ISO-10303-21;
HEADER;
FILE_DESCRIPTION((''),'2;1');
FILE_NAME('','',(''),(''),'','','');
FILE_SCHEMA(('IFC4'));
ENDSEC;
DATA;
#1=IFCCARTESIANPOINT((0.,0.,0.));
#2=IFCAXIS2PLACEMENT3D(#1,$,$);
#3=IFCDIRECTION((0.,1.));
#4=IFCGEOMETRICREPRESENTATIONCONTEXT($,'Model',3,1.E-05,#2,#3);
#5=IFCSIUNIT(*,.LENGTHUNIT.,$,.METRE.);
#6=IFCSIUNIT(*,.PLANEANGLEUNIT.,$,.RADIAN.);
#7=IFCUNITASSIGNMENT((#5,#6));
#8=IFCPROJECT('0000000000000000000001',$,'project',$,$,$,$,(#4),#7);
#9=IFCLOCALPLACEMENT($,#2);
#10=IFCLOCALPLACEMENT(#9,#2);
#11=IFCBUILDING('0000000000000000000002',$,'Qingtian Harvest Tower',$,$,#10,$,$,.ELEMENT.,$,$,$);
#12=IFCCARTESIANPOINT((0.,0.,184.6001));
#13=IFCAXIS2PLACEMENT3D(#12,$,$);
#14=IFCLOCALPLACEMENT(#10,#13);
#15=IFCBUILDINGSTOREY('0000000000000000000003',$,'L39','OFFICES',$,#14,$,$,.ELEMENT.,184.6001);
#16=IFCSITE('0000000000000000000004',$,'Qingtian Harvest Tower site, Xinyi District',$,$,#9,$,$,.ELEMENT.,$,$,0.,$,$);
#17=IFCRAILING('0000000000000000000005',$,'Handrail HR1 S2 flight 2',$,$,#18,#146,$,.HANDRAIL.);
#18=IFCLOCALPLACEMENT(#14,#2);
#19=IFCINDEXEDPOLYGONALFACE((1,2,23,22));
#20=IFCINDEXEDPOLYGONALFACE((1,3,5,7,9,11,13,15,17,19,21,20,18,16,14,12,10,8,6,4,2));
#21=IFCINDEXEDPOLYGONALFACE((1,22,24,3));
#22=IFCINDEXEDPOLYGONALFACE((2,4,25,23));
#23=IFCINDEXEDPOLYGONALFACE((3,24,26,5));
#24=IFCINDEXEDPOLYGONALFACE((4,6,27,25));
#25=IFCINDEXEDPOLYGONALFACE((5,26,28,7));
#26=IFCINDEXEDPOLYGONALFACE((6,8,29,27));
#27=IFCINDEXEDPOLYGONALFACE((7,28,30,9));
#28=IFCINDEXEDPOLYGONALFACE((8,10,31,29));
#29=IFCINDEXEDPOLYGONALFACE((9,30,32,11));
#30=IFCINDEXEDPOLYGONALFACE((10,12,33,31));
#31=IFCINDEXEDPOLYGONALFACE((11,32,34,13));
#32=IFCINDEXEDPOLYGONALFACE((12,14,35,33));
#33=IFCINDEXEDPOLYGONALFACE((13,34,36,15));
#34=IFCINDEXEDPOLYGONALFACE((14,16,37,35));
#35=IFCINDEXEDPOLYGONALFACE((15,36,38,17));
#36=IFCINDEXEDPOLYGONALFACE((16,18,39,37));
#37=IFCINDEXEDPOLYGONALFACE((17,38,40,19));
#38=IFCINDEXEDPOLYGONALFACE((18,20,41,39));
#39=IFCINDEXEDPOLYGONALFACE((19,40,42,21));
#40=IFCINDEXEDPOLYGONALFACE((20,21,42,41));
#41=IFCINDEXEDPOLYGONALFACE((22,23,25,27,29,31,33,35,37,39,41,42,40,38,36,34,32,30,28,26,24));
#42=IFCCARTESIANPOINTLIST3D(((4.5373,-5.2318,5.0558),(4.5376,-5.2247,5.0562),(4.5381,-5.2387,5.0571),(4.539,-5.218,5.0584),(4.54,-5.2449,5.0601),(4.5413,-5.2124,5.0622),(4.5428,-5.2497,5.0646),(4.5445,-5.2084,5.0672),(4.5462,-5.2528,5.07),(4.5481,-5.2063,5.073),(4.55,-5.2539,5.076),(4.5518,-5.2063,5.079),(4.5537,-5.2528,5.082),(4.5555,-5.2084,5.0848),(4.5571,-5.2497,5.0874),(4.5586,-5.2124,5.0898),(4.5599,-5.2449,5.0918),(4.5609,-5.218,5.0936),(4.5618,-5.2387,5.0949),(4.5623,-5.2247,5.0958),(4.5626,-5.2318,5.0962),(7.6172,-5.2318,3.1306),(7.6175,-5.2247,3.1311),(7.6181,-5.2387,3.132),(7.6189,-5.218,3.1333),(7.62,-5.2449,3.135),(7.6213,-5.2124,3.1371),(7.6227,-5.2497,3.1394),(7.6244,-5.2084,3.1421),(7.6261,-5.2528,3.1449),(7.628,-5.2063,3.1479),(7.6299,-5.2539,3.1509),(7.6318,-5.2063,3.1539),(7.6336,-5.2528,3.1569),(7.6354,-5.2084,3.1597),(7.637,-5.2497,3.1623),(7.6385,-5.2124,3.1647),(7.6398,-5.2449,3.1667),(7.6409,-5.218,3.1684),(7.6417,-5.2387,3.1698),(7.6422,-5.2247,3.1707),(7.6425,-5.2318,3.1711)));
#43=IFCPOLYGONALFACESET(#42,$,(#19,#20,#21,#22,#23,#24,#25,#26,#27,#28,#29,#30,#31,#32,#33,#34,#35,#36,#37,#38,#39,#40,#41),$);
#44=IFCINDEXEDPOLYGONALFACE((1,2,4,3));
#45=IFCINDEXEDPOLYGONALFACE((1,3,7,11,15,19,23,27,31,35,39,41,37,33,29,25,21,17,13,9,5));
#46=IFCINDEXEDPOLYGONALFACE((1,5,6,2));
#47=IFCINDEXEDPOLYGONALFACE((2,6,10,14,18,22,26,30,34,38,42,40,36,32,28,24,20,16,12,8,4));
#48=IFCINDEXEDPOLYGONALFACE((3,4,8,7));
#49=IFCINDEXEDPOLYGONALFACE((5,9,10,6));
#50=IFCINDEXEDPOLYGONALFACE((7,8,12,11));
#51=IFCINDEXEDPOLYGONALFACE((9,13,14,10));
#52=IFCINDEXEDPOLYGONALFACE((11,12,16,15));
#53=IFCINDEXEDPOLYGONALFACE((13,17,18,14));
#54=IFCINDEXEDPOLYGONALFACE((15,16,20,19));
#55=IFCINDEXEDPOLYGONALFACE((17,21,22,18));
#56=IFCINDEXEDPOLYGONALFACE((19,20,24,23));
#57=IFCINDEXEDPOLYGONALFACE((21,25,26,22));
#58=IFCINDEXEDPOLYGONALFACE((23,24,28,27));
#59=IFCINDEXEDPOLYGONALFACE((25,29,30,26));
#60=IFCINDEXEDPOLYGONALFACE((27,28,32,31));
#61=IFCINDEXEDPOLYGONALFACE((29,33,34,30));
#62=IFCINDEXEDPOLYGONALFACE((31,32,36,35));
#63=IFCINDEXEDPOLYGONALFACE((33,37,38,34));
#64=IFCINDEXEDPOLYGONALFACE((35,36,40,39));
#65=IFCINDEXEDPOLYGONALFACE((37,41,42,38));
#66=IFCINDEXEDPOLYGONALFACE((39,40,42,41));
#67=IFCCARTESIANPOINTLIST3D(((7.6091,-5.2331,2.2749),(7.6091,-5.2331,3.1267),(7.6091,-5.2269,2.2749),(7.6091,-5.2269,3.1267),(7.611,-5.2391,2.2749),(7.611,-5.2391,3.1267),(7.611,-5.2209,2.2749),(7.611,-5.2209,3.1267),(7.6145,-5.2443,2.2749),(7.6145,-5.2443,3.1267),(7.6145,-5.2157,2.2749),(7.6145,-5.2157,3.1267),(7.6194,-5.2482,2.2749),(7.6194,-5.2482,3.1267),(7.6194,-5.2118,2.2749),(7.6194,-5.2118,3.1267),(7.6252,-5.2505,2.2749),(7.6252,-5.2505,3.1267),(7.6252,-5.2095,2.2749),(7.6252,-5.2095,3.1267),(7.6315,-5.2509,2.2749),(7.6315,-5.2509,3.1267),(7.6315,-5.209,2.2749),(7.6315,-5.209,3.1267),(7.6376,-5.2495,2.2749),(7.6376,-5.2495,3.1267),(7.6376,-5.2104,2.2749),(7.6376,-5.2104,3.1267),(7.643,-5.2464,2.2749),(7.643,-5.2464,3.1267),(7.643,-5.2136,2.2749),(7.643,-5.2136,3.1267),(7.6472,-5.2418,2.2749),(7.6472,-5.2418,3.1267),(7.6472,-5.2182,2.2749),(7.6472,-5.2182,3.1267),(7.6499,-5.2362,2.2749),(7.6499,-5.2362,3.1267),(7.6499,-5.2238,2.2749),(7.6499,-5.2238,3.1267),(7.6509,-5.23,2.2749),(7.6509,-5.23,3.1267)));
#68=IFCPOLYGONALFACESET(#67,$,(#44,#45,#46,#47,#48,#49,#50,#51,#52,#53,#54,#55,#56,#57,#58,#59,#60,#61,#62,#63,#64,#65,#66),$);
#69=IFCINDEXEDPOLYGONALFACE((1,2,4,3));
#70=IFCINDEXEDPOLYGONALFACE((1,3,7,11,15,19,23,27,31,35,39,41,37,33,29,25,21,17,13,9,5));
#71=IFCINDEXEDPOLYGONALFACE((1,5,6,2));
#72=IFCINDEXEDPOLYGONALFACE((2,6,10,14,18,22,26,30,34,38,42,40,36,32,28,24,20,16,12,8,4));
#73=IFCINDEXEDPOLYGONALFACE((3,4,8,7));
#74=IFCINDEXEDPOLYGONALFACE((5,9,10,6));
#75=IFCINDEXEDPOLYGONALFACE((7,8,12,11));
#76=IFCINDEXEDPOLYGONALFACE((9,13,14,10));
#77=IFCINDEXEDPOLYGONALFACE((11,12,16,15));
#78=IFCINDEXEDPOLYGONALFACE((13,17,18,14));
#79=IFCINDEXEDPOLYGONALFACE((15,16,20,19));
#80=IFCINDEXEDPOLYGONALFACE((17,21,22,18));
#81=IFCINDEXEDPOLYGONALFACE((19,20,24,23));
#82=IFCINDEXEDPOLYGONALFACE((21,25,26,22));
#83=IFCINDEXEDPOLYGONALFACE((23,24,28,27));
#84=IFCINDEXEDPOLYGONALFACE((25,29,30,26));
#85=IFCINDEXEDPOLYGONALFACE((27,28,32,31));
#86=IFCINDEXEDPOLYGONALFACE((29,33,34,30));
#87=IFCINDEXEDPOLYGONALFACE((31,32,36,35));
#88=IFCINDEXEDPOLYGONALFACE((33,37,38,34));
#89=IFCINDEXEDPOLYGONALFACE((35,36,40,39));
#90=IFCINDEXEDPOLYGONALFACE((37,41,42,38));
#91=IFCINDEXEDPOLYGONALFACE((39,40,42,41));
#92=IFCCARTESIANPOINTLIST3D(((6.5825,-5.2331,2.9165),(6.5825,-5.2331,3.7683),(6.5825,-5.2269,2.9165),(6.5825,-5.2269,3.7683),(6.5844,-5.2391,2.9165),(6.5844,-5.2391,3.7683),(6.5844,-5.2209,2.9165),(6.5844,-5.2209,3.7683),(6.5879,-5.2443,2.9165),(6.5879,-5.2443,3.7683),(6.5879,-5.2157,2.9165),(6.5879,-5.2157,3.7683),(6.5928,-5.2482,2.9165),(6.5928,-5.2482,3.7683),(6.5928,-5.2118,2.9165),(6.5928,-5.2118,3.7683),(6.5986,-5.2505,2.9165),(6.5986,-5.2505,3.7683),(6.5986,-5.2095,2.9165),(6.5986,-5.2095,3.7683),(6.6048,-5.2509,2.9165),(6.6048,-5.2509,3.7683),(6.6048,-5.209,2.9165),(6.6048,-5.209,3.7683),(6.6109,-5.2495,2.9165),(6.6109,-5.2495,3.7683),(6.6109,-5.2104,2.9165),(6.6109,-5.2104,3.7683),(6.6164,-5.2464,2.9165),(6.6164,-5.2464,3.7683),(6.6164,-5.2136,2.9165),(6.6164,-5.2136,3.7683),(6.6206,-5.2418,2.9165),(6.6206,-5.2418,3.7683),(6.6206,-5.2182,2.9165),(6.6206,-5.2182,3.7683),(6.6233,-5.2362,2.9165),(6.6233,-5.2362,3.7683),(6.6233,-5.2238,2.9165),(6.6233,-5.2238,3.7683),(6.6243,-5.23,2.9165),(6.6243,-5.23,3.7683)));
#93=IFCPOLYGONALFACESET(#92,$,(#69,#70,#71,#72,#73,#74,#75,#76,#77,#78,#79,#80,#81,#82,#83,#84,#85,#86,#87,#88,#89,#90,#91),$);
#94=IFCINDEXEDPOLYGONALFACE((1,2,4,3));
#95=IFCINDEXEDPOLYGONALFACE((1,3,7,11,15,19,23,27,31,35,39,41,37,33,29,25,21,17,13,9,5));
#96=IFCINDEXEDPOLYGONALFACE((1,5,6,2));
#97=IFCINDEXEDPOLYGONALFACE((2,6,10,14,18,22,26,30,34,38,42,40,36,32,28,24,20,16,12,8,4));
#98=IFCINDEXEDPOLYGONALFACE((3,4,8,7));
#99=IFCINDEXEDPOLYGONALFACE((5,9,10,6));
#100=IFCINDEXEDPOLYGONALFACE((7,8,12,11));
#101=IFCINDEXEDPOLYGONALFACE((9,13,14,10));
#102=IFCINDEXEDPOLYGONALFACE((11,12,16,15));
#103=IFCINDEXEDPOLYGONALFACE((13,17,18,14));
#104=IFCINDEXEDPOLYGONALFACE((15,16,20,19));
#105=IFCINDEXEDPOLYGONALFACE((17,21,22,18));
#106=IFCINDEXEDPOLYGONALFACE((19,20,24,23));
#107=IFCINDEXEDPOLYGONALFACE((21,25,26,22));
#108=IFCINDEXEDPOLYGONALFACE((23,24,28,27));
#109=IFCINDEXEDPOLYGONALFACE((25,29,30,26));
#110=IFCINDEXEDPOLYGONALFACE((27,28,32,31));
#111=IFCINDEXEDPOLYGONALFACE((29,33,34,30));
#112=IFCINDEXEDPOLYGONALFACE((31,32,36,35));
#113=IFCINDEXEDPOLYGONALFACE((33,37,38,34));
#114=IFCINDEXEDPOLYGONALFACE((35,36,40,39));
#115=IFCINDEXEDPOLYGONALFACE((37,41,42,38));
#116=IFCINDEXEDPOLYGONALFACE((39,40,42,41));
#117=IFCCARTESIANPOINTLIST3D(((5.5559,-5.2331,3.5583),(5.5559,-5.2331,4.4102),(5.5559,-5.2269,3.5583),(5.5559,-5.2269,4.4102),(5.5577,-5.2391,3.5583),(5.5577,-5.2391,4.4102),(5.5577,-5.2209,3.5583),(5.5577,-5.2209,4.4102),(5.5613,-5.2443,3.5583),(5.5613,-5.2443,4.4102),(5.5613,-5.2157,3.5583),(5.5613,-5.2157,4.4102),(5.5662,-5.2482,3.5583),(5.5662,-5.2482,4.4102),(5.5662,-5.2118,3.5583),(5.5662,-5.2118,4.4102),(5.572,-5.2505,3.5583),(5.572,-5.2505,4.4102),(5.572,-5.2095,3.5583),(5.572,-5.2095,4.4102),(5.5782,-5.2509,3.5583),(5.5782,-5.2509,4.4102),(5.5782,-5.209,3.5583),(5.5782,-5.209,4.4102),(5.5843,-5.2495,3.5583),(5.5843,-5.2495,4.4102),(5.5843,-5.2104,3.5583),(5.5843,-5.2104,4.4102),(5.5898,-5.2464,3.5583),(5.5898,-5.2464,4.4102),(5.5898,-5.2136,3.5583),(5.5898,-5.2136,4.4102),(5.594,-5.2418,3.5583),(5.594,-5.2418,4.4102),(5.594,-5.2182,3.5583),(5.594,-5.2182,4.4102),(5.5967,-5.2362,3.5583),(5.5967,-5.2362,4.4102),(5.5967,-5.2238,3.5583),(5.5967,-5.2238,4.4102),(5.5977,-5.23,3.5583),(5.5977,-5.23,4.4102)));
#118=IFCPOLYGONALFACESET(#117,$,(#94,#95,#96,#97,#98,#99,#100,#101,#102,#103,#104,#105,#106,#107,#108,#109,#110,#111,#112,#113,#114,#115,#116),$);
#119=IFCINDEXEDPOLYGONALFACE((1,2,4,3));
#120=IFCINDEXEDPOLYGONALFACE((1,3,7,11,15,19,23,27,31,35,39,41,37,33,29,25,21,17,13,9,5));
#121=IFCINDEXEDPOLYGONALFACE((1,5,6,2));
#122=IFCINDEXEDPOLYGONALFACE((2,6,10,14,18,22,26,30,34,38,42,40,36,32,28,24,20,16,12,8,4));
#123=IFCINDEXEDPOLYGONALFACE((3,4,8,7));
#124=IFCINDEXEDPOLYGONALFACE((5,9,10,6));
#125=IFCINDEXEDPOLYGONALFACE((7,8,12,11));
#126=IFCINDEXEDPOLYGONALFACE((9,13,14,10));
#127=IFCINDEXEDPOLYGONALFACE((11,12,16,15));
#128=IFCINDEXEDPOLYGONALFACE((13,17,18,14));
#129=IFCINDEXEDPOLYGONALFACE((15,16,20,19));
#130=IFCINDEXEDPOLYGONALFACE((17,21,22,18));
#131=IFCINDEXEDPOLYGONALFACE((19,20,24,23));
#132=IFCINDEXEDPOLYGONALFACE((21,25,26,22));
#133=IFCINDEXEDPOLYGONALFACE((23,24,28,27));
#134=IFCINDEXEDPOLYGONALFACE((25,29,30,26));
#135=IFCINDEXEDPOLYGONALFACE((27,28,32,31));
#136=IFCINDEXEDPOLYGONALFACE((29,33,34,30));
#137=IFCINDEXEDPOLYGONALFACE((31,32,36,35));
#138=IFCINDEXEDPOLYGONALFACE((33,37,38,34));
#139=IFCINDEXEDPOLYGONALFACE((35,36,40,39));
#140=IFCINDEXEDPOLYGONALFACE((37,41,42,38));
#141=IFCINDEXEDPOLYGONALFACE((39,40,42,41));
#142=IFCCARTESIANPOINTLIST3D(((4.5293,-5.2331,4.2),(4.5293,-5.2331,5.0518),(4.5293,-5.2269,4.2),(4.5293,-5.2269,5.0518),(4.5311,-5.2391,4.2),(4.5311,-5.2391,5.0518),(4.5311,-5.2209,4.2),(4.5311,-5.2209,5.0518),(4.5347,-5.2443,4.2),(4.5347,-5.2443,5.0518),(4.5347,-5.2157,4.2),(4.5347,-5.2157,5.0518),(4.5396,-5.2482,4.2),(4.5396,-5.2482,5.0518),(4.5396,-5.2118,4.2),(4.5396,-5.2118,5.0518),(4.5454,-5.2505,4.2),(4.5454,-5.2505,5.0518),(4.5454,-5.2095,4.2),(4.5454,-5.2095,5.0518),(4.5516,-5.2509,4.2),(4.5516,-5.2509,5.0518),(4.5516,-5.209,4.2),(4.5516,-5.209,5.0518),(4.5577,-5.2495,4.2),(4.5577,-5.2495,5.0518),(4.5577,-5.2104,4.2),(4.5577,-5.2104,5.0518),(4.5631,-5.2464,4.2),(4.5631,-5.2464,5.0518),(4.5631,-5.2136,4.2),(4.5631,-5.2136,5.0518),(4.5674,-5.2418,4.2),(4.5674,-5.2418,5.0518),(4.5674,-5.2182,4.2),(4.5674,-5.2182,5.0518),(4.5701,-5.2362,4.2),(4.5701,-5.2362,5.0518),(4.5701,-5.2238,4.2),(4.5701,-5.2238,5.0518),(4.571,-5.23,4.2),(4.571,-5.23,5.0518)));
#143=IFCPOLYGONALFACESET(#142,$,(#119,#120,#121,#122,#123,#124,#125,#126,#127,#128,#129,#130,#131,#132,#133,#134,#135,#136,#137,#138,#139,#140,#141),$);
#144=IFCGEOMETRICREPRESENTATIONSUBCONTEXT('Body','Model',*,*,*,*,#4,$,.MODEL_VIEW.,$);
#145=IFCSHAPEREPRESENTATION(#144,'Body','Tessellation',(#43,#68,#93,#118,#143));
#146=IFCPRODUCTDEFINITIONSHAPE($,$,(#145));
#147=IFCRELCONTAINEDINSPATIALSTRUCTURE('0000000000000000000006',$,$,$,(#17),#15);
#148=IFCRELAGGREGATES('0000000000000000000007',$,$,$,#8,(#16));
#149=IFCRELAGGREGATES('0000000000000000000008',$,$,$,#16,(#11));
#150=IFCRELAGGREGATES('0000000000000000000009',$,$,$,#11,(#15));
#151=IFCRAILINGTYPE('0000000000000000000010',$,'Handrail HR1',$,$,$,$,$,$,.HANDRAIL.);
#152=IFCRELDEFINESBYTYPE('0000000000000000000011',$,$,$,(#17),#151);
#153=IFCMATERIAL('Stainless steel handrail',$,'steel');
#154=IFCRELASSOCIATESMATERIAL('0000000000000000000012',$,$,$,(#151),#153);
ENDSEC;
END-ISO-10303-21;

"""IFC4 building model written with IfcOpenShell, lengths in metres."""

from ifc_helpers import new_model, si_unit, direction, frame, origin, origin_2d, place, context, subcontext, project, spatial, circle, extrude, material, type_object, element, save


model = new_model("IFC4")

# Units and contexts
model_context = context("Model", 3, precision=1e-05, world=origin(), true_north=direction((0.0, 1.0)))
body_context = subcontext(model_context, "Body", "Model", "MODEL_VIEW")
ifc_project = project(units=[si_unit("LENGTHUNIT", "METRE"), si_unit("PLANEANGLEUNIT", "RADIAN")], contexts=[model_context])

# Site, building, storey
site_placement = place(None, origin())
site = spatial("IfcSite", under=ifc_project, at=site_placement, Name="Qingtian Harvest Tower site, Xinyi District", CompositionType="ELEMENT", RefElevation=0.0)
building_placement = place(site_placement, origin())
building = spatial("IfcBuilding", under=site, at=building_placement, Name="Qingtian Harvest Tower", CompositionType="ELEMENT")
storey_placement = place(building_placement, frame((0.0, 0.0, 184.6001)))
storey = spatial("IfcBuildingStorey", under=building, at=storey_placement, Name="L39", Description="OFFICES", CompositionType="ELEMENT", Elevation=184.6001)

# Railing
ifc_material_1 = material(Name="Stainless steel handrail", Category="steel")
railing_type = type_object("IfcRailingType", Name="Handrail HR1", PredefinedType="HANDRAIL", material=ifc_material_1)
railing_1_placement = place(storey_placement, frame((7.6299, -5.23, 2.2749)))
element("IfcRailing", 1, at=railing_1_placement, inside=storey, type_object=railing_type, Name="Handrail HR1 S2 flight 2", PredefinedType="HANDRAIL", context=body_context, shape_type="SweptSolid", body=[
    extrude(circle(Radius=0.0239, at=origin_2d()), frame((0.0, 0.0, 0.876), z_axis=(-0.847979, 0.0, 0.530029), x_axis=(0.0, -1.0, 0.0)), (0.0, 0.0, 1.0), 3.6321),
    extrude(circle(Radius=0.021, at=origin_2d()), origin(), (0.0, 0.0, 1.0), 0.8518),
    extrude(circle(Radius=0.021, at=origin_2d()), frame((-1.0266, 0.0, 0.6416)), (0.0, 0.0, 1.0), 0.8518),
    extrude(circle(Radius=0.021, at=origin_2d()), frame((-2.0532, 0.0, 1.2834)), (0.0, 0.0, 1.0), 0.8518),
    extrude(circle(Radius=0.021, at=origin_2d()), frame((-3.0798, 0.0, 1.925)), (0.0, 0.0, 1.0), 0.8518),
])

save(model, "model.ifc")
